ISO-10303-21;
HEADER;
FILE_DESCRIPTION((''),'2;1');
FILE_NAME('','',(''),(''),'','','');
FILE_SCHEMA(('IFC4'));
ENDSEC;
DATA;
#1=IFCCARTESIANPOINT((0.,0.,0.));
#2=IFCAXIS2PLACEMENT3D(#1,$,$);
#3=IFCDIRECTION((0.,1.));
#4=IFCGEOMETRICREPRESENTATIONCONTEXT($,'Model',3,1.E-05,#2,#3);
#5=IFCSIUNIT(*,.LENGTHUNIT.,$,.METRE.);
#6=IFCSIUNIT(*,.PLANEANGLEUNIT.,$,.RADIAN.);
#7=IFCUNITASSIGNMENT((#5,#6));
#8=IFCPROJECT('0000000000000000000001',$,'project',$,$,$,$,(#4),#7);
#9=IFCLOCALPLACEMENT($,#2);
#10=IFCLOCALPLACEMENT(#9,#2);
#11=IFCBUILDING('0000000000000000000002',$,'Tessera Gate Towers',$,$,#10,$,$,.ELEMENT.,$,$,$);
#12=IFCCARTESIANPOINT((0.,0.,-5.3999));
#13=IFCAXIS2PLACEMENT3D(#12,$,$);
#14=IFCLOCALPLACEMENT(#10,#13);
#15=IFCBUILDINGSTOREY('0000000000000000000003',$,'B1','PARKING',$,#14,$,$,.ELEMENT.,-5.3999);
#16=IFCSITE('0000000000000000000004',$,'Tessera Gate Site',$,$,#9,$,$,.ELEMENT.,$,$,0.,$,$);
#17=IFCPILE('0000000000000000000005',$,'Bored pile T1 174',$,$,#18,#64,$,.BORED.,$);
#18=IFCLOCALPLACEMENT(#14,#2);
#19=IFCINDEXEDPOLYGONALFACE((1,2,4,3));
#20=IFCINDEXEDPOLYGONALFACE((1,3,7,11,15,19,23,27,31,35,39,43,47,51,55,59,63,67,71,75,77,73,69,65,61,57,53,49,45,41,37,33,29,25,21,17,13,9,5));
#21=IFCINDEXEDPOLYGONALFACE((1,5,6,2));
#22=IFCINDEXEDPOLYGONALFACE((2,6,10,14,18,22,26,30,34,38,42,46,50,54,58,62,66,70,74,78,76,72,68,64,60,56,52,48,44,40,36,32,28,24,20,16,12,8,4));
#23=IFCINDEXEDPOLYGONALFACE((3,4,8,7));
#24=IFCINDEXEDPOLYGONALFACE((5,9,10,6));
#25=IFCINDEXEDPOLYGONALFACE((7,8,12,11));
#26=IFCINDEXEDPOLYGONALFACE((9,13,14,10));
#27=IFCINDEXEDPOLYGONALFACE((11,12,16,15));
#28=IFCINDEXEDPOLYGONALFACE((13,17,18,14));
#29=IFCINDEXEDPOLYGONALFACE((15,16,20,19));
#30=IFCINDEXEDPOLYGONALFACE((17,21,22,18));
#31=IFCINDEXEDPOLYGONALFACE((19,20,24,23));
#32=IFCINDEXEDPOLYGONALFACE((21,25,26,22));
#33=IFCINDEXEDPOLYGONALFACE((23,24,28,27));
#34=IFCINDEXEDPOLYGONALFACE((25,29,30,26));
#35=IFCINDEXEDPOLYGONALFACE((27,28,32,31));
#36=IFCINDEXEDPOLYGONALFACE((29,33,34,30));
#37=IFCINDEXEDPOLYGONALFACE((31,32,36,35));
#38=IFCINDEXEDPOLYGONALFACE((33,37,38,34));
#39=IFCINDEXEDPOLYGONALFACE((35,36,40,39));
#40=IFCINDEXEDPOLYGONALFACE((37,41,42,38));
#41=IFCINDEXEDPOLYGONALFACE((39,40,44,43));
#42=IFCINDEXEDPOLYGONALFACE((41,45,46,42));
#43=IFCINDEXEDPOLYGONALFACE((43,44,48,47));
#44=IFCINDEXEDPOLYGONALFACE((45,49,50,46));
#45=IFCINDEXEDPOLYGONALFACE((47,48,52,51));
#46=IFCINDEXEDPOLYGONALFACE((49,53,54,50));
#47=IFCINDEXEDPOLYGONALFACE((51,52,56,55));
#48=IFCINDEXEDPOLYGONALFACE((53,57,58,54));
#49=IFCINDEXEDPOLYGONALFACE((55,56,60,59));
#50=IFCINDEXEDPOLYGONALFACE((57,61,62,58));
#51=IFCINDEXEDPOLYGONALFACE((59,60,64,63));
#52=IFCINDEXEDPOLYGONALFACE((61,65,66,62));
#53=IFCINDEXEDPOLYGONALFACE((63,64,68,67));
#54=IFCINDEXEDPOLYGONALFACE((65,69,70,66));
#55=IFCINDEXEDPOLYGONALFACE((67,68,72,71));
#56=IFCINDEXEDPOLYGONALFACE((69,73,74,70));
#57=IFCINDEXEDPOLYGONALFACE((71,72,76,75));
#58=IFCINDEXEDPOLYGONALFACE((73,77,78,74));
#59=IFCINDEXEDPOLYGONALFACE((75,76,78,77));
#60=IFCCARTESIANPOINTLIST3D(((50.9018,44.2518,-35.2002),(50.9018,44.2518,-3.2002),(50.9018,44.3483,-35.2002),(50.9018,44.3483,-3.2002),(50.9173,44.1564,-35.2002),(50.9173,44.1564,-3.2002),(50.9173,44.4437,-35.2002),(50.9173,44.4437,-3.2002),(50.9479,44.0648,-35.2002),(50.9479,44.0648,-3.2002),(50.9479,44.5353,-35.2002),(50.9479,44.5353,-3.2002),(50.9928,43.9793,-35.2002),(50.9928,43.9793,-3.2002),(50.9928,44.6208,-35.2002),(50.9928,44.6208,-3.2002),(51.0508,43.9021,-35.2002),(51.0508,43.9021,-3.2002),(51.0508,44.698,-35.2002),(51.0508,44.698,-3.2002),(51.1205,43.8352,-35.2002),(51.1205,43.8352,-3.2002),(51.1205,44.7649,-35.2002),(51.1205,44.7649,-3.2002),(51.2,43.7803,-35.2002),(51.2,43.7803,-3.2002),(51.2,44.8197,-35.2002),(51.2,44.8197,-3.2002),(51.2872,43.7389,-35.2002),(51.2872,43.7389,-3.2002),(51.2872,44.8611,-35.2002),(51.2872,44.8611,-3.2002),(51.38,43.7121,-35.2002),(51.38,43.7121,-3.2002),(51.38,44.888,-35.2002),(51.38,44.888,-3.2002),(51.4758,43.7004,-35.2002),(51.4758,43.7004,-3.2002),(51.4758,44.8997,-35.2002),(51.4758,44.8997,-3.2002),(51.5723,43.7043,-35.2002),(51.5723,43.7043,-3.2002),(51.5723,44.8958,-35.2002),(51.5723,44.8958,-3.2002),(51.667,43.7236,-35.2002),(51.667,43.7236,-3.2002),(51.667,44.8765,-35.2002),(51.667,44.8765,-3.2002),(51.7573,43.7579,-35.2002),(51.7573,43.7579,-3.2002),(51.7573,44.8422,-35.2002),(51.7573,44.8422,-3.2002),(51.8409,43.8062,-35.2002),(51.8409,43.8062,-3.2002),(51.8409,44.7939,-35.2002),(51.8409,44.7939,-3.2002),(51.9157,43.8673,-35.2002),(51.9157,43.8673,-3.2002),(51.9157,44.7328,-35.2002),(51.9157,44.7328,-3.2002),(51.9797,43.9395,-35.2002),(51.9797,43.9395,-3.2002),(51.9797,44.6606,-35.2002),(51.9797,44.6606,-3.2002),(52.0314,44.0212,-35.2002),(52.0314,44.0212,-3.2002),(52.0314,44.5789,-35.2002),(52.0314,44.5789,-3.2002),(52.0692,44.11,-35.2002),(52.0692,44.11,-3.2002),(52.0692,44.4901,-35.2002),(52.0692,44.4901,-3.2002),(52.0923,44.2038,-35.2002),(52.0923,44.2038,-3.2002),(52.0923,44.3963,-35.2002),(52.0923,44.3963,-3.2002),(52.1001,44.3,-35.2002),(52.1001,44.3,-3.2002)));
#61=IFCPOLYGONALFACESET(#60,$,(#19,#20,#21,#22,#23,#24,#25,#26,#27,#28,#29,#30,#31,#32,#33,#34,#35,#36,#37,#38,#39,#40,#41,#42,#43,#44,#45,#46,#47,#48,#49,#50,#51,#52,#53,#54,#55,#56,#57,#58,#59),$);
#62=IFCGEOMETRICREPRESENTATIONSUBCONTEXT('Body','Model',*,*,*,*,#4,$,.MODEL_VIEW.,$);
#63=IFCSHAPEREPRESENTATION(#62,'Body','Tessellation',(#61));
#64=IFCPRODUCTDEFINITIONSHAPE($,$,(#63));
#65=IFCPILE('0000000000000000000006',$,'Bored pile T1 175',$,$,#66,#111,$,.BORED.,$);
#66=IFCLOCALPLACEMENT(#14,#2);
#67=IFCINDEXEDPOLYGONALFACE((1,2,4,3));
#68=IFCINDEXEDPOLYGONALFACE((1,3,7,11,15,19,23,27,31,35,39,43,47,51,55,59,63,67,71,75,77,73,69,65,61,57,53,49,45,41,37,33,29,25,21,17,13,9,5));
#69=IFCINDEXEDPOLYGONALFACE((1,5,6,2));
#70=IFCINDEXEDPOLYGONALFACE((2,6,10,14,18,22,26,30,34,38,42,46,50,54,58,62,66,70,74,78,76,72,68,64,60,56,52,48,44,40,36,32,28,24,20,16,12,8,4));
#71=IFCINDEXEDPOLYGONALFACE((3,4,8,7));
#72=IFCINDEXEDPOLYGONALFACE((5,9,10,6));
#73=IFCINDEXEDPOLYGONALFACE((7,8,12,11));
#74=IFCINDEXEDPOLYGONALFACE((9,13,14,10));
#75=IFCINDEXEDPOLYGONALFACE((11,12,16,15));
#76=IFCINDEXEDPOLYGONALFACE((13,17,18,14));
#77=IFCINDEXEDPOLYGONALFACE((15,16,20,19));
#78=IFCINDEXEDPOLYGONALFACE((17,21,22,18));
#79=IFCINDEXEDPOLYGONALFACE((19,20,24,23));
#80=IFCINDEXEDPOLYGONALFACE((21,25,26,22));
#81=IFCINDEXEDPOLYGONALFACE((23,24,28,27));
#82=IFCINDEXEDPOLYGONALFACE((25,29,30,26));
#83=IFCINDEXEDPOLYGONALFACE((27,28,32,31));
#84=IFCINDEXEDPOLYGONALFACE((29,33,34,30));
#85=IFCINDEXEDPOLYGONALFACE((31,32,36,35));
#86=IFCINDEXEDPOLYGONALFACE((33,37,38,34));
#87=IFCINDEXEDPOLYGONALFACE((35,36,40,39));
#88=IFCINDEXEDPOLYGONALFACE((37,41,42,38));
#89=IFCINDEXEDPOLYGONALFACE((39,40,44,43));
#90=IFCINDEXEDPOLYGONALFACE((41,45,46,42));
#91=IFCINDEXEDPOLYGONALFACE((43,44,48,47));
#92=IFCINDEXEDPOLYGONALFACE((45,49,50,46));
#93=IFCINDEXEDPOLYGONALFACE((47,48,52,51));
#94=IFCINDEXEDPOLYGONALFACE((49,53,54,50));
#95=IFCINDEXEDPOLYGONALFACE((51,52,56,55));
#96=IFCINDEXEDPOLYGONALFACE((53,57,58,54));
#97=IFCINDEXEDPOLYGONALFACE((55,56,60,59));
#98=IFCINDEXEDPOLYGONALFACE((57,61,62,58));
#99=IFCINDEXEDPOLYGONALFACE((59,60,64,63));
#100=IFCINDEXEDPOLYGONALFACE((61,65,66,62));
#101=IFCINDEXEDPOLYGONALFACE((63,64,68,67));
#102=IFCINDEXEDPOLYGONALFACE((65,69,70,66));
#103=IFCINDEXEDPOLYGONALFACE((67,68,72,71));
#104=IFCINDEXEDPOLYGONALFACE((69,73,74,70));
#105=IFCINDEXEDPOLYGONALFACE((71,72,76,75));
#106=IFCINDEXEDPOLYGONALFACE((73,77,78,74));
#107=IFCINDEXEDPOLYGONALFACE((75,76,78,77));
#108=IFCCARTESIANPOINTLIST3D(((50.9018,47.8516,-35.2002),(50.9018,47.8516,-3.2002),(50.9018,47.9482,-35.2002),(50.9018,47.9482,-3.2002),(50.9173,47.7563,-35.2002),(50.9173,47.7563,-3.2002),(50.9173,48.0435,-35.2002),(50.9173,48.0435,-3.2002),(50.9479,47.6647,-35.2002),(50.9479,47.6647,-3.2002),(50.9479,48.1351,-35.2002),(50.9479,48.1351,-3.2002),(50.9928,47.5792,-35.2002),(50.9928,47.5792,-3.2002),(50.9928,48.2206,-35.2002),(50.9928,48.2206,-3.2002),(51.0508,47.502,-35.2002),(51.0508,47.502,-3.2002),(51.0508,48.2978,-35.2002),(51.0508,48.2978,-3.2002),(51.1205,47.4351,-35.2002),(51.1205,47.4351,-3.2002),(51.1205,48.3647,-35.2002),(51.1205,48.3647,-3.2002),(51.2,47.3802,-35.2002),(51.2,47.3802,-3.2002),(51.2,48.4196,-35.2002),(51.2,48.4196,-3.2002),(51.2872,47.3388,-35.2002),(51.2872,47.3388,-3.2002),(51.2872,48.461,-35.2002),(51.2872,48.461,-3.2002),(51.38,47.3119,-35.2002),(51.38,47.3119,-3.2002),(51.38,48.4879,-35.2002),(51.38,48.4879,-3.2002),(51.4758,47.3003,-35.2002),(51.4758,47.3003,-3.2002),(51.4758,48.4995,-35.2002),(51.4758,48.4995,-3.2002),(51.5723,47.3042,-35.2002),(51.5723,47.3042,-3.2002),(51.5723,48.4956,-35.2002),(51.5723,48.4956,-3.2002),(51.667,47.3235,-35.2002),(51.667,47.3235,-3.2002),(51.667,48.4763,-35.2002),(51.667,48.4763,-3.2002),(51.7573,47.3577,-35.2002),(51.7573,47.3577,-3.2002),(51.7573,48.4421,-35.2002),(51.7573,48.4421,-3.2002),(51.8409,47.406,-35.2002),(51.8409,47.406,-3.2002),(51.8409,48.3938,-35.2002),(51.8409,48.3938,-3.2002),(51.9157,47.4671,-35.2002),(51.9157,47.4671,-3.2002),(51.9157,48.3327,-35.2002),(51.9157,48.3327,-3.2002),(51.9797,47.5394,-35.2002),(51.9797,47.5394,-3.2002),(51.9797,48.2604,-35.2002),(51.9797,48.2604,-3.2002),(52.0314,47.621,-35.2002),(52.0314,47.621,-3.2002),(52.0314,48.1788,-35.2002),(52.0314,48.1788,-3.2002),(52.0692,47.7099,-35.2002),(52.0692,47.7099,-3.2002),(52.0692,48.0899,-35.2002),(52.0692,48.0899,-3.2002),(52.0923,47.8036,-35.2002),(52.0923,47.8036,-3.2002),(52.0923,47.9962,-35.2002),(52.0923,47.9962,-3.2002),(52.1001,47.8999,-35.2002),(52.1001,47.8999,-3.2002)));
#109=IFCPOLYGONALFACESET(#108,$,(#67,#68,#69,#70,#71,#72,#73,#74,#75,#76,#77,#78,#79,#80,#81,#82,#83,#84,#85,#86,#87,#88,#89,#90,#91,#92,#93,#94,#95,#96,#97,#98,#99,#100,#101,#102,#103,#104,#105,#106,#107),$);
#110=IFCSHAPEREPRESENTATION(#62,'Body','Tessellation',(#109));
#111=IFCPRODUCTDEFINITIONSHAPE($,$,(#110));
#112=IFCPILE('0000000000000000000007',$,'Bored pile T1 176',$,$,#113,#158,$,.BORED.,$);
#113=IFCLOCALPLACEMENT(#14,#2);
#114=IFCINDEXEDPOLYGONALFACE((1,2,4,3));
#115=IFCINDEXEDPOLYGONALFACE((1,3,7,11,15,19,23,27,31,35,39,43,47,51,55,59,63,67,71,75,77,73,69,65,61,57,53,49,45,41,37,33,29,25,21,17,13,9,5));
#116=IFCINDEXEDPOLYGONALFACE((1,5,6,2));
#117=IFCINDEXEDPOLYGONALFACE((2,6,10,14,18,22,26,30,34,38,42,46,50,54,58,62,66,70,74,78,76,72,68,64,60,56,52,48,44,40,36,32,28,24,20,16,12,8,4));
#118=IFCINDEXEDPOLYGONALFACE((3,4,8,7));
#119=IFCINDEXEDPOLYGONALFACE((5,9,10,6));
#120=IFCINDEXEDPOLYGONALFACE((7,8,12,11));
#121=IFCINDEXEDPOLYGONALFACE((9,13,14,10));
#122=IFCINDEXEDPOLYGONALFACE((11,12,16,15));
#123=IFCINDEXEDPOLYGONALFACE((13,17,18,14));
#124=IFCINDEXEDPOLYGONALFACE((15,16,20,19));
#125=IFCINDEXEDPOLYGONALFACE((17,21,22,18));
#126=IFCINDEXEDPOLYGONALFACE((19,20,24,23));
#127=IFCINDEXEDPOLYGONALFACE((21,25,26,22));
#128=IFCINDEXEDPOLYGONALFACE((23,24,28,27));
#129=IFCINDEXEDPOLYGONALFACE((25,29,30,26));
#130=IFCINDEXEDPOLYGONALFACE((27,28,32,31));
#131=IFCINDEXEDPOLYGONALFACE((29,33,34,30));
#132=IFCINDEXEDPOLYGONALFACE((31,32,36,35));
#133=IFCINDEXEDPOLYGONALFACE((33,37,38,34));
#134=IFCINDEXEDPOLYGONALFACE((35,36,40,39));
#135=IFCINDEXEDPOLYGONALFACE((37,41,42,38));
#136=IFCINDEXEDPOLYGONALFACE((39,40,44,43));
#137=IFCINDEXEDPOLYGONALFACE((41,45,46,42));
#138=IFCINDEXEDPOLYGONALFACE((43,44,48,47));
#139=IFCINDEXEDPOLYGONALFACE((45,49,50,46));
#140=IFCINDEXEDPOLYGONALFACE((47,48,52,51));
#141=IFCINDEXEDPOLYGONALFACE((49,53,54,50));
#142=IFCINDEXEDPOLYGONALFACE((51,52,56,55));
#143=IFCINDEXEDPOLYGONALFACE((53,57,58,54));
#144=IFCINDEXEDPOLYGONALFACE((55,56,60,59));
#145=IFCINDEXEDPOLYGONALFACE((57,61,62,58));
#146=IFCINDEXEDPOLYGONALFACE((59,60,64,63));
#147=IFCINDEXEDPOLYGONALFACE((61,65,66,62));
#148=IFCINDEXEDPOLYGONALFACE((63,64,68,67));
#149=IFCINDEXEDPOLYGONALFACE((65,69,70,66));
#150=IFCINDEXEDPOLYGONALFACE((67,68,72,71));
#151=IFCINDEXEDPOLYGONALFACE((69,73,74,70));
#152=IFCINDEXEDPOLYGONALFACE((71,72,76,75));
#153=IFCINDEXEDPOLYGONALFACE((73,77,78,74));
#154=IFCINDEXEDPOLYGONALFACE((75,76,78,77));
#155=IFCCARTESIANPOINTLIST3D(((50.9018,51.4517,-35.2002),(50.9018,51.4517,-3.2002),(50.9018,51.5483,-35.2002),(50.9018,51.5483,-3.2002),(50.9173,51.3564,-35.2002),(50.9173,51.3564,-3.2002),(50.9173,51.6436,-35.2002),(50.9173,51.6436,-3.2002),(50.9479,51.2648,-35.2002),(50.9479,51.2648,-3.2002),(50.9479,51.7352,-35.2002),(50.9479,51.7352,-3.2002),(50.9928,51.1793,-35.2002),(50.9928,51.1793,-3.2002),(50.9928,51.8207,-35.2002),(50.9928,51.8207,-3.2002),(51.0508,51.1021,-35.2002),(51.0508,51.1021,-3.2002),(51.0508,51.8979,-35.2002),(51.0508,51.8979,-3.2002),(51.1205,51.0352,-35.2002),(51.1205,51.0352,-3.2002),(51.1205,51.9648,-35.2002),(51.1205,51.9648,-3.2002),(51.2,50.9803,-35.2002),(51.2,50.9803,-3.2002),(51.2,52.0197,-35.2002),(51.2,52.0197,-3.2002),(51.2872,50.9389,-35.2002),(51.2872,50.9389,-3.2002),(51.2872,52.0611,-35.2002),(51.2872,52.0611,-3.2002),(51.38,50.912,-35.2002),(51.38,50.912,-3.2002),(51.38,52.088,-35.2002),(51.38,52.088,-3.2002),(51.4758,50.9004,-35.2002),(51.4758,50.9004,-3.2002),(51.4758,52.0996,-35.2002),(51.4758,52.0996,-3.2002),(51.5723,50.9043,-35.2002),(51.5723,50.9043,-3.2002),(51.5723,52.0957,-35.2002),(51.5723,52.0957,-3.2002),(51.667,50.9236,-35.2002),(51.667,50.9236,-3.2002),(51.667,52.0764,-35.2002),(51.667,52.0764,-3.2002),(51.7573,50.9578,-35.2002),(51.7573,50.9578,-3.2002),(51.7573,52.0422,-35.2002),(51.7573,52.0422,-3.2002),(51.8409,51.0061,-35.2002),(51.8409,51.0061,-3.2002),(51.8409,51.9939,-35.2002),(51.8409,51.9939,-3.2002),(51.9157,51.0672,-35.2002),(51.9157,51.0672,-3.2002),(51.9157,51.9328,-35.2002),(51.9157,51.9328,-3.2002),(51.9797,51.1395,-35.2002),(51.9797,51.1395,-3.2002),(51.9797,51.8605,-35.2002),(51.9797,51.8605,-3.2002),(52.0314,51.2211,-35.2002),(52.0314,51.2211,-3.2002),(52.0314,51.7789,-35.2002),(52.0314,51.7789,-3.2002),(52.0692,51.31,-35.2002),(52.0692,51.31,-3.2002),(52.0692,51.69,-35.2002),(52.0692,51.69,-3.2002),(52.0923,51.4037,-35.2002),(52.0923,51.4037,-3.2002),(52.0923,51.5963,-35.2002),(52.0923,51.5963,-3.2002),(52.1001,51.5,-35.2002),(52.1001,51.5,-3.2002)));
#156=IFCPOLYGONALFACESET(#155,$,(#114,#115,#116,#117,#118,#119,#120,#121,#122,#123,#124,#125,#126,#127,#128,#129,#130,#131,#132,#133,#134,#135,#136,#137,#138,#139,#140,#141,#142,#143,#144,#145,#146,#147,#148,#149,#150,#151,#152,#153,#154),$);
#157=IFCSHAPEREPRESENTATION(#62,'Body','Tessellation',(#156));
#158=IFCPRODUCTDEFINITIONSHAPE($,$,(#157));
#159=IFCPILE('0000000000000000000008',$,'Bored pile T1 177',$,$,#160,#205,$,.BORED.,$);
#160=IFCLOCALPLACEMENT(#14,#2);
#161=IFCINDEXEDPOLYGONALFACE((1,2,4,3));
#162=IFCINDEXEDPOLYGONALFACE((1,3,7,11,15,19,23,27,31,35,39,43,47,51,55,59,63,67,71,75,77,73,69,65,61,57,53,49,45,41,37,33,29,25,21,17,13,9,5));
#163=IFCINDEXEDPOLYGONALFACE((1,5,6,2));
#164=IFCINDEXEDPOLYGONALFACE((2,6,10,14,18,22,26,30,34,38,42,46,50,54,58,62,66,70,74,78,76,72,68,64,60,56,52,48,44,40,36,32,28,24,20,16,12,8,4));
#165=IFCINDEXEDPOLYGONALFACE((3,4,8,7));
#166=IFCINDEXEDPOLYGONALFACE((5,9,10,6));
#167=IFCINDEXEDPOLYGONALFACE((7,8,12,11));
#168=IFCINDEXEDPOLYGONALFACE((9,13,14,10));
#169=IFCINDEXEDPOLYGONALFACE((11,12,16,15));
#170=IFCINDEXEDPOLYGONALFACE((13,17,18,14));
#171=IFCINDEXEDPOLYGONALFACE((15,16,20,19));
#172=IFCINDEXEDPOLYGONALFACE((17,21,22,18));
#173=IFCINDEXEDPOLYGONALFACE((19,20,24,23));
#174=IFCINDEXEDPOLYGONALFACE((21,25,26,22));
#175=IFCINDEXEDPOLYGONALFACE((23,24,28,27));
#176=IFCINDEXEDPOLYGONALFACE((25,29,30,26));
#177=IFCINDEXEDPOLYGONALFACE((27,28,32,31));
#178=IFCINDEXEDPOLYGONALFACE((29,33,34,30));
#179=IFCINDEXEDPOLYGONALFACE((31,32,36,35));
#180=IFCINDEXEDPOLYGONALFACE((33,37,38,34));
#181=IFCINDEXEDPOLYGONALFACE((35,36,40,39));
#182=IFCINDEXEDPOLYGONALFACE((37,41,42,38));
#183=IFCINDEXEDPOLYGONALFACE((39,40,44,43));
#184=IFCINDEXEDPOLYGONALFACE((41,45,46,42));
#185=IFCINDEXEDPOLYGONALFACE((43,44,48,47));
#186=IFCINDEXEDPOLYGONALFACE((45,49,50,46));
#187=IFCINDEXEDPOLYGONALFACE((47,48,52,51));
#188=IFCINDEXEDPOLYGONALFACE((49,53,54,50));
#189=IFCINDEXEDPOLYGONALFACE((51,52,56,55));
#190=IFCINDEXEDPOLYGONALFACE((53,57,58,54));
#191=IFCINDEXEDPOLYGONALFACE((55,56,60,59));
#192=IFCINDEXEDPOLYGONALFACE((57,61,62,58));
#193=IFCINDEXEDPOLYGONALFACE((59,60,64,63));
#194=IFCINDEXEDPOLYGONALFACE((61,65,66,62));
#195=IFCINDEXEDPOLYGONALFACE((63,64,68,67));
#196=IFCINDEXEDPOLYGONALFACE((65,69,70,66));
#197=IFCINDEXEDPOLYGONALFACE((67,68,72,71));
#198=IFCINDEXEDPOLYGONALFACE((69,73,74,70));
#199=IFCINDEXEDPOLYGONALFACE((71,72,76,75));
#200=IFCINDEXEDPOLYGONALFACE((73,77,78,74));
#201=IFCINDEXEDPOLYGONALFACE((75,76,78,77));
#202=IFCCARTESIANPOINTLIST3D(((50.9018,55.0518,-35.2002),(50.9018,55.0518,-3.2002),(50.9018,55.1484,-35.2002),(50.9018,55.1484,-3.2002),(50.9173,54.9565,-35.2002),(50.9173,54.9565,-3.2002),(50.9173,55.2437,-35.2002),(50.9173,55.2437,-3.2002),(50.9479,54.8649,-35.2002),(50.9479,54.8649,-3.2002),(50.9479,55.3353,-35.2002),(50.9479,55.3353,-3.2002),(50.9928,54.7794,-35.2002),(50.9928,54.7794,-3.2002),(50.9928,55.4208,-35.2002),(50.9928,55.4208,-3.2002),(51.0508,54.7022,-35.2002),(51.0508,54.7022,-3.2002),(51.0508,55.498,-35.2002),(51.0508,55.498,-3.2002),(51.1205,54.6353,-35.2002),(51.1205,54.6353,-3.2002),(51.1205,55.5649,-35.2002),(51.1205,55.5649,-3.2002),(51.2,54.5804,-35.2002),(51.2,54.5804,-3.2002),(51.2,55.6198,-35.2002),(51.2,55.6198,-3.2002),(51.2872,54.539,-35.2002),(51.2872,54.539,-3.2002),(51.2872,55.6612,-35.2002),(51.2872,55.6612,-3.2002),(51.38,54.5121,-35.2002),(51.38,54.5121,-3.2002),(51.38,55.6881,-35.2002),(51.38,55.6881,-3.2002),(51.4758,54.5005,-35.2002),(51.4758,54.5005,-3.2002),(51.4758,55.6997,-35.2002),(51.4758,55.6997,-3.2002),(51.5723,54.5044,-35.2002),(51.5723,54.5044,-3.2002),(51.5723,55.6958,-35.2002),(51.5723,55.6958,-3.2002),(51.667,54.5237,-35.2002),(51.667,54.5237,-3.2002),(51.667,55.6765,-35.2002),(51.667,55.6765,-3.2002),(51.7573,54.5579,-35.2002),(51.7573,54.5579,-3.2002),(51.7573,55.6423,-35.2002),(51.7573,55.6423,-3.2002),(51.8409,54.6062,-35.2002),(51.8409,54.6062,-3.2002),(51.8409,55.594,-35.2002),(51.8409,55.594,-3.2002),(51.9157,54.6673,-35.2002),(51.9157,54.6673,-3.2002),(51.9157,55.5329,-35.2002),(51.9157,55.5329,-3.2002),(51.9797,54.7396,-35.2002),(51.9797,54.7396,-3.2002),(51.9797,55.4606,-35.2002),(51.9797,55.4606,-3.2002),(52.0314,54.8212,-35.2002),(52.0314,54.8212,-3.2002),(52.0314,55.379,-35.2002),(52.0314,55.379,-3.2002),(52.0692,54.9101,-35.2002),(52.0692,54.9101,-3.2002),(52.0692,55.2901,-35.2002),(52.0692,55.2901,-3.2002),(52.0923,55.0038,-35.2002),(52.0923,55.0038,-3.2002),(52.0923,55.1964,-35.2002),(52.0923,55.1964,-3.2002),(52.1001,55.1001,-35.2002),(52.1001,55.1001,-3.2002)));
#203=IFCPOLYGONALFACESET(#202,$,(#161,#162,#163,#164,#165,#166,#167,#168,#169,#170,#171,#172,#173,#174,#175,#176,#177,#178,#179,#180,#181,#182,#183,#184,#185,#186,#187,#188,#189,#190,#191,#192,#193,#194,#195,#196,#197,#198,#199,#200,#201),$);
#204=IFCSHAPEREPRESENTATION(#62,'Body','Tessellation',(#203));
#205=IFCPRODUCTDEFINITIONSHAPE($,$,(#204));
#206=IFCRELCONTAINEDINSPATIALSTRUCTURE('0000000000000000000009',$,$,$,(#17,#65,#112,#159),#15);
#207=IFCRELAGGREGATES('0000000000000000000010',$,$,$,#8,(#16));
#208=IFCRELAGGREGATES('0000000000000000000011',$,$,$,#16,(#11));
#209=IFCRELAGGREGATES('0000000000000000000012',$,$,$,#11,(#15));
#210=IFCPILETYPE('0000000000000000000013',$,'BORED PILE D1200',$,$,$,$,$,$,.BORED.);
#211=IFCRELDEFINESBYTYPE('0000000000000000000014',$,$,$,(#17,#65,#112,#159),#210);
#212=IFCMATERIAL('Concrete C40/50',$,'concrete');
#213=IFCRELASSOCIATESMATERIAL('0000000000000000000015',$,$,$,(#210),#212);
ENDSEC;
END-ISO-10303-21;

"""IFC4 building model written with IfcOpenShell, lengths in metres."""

from ifc_helpers import new_model, si_unit, direction, frame, origin, origin_2d, place, context, subcontext, project, spatial, circle, extrude, material, material_profile, profile_set, type_object, element, save


model = new_model("IFC4")

# Units and contexts
model_context = context("Model", 3, precision=1e-05, world=origin(), true_north=direction((0.0, 1.0)))
body_context = subcontext(model_context, "Body", "Model", "MODEL_VIEW")
ifc_project = project(units=[si_unit("LENGTHUNIT", "METRE"), si_unit("PLANEANGLEUNIT", "RADIAN")], contexts=[model_context])

# Site, building, storey
site_placement = place(None, origin())
site = spatial("IfcSite", under=ifc_project, at=site_placement, Name="Tessera Gate Site", CompositionType="ELEMENT", RefElevation=0.0)
building_placement = place(site_placement, origin())
building = spatial("IfcBuilding", under=site, at=building_placement, Name="Tessera Gate Towers", CompositionType="ELEMENT")
storey_placement = place(building_placement, frame((0.0, 0.0, -5.3999)))
storey = spatial("IfcBuildingStorey", under=building, at=storey_placement, Name="B1", Description="PARKING", CompositionType="ELEMENT", Elevation=-5.3999)

# Piles
ifc_material_1 = material(Name="Concrete C40/50", Category="concrete")
ifc_material_profile_1 = material_profile(ifc_material_1, circle(Radius=0.6001, at=origin_2d()), Name="BORED PILE D1200")
ifc_profile_set_1 = profile_set([ifc_material_profile_1], Name="Concrete C40/50")
pile_type = type_object("IfcPileType", Name="BORED PILE D1200", PredefinedType="BORED", material=ifc_profile_set_1)
for number, where, z_axis, x_axis, name in (
    (1, (51.5, 44.3, -3.2002), (0.0, 0.0, -1.0), (1.0, 0.0, 0.0), "Bored pile T1 174"),
    (2, (51.5, 47.8999, -3.2002), (0.0, 0.0, -1.0), (1.0, 0.0, 0.0), "Bored pile T1 175"),
    (3, (51.5, 51.5, -3.2002), (0.0, 0.0, -1.0), (1.0, 0.0, 0.0), "Bored pile T1 176"),
    (4, (51.5, 55.1001, -3.2002), (0.0, 0.0, -1.0), (1.0, 0.0, 0.0), "Bored pile T1 177"),
):
    element("IfcPile", number, at=place(storey_placement, frame(where, z_axis=z_axis, x_axis=x_axis)), inside=storey, type_object=pile_type, Name=name, PredefinedType="BORED", context=body_context, shape_type="SweptSolid", body=[
        extrude(circle(Radius=0.6001, at=origin_2d()), origin(), (0.0, 0.0, 1.0), 32.0),
    ])

save(model, "model.ifc")
